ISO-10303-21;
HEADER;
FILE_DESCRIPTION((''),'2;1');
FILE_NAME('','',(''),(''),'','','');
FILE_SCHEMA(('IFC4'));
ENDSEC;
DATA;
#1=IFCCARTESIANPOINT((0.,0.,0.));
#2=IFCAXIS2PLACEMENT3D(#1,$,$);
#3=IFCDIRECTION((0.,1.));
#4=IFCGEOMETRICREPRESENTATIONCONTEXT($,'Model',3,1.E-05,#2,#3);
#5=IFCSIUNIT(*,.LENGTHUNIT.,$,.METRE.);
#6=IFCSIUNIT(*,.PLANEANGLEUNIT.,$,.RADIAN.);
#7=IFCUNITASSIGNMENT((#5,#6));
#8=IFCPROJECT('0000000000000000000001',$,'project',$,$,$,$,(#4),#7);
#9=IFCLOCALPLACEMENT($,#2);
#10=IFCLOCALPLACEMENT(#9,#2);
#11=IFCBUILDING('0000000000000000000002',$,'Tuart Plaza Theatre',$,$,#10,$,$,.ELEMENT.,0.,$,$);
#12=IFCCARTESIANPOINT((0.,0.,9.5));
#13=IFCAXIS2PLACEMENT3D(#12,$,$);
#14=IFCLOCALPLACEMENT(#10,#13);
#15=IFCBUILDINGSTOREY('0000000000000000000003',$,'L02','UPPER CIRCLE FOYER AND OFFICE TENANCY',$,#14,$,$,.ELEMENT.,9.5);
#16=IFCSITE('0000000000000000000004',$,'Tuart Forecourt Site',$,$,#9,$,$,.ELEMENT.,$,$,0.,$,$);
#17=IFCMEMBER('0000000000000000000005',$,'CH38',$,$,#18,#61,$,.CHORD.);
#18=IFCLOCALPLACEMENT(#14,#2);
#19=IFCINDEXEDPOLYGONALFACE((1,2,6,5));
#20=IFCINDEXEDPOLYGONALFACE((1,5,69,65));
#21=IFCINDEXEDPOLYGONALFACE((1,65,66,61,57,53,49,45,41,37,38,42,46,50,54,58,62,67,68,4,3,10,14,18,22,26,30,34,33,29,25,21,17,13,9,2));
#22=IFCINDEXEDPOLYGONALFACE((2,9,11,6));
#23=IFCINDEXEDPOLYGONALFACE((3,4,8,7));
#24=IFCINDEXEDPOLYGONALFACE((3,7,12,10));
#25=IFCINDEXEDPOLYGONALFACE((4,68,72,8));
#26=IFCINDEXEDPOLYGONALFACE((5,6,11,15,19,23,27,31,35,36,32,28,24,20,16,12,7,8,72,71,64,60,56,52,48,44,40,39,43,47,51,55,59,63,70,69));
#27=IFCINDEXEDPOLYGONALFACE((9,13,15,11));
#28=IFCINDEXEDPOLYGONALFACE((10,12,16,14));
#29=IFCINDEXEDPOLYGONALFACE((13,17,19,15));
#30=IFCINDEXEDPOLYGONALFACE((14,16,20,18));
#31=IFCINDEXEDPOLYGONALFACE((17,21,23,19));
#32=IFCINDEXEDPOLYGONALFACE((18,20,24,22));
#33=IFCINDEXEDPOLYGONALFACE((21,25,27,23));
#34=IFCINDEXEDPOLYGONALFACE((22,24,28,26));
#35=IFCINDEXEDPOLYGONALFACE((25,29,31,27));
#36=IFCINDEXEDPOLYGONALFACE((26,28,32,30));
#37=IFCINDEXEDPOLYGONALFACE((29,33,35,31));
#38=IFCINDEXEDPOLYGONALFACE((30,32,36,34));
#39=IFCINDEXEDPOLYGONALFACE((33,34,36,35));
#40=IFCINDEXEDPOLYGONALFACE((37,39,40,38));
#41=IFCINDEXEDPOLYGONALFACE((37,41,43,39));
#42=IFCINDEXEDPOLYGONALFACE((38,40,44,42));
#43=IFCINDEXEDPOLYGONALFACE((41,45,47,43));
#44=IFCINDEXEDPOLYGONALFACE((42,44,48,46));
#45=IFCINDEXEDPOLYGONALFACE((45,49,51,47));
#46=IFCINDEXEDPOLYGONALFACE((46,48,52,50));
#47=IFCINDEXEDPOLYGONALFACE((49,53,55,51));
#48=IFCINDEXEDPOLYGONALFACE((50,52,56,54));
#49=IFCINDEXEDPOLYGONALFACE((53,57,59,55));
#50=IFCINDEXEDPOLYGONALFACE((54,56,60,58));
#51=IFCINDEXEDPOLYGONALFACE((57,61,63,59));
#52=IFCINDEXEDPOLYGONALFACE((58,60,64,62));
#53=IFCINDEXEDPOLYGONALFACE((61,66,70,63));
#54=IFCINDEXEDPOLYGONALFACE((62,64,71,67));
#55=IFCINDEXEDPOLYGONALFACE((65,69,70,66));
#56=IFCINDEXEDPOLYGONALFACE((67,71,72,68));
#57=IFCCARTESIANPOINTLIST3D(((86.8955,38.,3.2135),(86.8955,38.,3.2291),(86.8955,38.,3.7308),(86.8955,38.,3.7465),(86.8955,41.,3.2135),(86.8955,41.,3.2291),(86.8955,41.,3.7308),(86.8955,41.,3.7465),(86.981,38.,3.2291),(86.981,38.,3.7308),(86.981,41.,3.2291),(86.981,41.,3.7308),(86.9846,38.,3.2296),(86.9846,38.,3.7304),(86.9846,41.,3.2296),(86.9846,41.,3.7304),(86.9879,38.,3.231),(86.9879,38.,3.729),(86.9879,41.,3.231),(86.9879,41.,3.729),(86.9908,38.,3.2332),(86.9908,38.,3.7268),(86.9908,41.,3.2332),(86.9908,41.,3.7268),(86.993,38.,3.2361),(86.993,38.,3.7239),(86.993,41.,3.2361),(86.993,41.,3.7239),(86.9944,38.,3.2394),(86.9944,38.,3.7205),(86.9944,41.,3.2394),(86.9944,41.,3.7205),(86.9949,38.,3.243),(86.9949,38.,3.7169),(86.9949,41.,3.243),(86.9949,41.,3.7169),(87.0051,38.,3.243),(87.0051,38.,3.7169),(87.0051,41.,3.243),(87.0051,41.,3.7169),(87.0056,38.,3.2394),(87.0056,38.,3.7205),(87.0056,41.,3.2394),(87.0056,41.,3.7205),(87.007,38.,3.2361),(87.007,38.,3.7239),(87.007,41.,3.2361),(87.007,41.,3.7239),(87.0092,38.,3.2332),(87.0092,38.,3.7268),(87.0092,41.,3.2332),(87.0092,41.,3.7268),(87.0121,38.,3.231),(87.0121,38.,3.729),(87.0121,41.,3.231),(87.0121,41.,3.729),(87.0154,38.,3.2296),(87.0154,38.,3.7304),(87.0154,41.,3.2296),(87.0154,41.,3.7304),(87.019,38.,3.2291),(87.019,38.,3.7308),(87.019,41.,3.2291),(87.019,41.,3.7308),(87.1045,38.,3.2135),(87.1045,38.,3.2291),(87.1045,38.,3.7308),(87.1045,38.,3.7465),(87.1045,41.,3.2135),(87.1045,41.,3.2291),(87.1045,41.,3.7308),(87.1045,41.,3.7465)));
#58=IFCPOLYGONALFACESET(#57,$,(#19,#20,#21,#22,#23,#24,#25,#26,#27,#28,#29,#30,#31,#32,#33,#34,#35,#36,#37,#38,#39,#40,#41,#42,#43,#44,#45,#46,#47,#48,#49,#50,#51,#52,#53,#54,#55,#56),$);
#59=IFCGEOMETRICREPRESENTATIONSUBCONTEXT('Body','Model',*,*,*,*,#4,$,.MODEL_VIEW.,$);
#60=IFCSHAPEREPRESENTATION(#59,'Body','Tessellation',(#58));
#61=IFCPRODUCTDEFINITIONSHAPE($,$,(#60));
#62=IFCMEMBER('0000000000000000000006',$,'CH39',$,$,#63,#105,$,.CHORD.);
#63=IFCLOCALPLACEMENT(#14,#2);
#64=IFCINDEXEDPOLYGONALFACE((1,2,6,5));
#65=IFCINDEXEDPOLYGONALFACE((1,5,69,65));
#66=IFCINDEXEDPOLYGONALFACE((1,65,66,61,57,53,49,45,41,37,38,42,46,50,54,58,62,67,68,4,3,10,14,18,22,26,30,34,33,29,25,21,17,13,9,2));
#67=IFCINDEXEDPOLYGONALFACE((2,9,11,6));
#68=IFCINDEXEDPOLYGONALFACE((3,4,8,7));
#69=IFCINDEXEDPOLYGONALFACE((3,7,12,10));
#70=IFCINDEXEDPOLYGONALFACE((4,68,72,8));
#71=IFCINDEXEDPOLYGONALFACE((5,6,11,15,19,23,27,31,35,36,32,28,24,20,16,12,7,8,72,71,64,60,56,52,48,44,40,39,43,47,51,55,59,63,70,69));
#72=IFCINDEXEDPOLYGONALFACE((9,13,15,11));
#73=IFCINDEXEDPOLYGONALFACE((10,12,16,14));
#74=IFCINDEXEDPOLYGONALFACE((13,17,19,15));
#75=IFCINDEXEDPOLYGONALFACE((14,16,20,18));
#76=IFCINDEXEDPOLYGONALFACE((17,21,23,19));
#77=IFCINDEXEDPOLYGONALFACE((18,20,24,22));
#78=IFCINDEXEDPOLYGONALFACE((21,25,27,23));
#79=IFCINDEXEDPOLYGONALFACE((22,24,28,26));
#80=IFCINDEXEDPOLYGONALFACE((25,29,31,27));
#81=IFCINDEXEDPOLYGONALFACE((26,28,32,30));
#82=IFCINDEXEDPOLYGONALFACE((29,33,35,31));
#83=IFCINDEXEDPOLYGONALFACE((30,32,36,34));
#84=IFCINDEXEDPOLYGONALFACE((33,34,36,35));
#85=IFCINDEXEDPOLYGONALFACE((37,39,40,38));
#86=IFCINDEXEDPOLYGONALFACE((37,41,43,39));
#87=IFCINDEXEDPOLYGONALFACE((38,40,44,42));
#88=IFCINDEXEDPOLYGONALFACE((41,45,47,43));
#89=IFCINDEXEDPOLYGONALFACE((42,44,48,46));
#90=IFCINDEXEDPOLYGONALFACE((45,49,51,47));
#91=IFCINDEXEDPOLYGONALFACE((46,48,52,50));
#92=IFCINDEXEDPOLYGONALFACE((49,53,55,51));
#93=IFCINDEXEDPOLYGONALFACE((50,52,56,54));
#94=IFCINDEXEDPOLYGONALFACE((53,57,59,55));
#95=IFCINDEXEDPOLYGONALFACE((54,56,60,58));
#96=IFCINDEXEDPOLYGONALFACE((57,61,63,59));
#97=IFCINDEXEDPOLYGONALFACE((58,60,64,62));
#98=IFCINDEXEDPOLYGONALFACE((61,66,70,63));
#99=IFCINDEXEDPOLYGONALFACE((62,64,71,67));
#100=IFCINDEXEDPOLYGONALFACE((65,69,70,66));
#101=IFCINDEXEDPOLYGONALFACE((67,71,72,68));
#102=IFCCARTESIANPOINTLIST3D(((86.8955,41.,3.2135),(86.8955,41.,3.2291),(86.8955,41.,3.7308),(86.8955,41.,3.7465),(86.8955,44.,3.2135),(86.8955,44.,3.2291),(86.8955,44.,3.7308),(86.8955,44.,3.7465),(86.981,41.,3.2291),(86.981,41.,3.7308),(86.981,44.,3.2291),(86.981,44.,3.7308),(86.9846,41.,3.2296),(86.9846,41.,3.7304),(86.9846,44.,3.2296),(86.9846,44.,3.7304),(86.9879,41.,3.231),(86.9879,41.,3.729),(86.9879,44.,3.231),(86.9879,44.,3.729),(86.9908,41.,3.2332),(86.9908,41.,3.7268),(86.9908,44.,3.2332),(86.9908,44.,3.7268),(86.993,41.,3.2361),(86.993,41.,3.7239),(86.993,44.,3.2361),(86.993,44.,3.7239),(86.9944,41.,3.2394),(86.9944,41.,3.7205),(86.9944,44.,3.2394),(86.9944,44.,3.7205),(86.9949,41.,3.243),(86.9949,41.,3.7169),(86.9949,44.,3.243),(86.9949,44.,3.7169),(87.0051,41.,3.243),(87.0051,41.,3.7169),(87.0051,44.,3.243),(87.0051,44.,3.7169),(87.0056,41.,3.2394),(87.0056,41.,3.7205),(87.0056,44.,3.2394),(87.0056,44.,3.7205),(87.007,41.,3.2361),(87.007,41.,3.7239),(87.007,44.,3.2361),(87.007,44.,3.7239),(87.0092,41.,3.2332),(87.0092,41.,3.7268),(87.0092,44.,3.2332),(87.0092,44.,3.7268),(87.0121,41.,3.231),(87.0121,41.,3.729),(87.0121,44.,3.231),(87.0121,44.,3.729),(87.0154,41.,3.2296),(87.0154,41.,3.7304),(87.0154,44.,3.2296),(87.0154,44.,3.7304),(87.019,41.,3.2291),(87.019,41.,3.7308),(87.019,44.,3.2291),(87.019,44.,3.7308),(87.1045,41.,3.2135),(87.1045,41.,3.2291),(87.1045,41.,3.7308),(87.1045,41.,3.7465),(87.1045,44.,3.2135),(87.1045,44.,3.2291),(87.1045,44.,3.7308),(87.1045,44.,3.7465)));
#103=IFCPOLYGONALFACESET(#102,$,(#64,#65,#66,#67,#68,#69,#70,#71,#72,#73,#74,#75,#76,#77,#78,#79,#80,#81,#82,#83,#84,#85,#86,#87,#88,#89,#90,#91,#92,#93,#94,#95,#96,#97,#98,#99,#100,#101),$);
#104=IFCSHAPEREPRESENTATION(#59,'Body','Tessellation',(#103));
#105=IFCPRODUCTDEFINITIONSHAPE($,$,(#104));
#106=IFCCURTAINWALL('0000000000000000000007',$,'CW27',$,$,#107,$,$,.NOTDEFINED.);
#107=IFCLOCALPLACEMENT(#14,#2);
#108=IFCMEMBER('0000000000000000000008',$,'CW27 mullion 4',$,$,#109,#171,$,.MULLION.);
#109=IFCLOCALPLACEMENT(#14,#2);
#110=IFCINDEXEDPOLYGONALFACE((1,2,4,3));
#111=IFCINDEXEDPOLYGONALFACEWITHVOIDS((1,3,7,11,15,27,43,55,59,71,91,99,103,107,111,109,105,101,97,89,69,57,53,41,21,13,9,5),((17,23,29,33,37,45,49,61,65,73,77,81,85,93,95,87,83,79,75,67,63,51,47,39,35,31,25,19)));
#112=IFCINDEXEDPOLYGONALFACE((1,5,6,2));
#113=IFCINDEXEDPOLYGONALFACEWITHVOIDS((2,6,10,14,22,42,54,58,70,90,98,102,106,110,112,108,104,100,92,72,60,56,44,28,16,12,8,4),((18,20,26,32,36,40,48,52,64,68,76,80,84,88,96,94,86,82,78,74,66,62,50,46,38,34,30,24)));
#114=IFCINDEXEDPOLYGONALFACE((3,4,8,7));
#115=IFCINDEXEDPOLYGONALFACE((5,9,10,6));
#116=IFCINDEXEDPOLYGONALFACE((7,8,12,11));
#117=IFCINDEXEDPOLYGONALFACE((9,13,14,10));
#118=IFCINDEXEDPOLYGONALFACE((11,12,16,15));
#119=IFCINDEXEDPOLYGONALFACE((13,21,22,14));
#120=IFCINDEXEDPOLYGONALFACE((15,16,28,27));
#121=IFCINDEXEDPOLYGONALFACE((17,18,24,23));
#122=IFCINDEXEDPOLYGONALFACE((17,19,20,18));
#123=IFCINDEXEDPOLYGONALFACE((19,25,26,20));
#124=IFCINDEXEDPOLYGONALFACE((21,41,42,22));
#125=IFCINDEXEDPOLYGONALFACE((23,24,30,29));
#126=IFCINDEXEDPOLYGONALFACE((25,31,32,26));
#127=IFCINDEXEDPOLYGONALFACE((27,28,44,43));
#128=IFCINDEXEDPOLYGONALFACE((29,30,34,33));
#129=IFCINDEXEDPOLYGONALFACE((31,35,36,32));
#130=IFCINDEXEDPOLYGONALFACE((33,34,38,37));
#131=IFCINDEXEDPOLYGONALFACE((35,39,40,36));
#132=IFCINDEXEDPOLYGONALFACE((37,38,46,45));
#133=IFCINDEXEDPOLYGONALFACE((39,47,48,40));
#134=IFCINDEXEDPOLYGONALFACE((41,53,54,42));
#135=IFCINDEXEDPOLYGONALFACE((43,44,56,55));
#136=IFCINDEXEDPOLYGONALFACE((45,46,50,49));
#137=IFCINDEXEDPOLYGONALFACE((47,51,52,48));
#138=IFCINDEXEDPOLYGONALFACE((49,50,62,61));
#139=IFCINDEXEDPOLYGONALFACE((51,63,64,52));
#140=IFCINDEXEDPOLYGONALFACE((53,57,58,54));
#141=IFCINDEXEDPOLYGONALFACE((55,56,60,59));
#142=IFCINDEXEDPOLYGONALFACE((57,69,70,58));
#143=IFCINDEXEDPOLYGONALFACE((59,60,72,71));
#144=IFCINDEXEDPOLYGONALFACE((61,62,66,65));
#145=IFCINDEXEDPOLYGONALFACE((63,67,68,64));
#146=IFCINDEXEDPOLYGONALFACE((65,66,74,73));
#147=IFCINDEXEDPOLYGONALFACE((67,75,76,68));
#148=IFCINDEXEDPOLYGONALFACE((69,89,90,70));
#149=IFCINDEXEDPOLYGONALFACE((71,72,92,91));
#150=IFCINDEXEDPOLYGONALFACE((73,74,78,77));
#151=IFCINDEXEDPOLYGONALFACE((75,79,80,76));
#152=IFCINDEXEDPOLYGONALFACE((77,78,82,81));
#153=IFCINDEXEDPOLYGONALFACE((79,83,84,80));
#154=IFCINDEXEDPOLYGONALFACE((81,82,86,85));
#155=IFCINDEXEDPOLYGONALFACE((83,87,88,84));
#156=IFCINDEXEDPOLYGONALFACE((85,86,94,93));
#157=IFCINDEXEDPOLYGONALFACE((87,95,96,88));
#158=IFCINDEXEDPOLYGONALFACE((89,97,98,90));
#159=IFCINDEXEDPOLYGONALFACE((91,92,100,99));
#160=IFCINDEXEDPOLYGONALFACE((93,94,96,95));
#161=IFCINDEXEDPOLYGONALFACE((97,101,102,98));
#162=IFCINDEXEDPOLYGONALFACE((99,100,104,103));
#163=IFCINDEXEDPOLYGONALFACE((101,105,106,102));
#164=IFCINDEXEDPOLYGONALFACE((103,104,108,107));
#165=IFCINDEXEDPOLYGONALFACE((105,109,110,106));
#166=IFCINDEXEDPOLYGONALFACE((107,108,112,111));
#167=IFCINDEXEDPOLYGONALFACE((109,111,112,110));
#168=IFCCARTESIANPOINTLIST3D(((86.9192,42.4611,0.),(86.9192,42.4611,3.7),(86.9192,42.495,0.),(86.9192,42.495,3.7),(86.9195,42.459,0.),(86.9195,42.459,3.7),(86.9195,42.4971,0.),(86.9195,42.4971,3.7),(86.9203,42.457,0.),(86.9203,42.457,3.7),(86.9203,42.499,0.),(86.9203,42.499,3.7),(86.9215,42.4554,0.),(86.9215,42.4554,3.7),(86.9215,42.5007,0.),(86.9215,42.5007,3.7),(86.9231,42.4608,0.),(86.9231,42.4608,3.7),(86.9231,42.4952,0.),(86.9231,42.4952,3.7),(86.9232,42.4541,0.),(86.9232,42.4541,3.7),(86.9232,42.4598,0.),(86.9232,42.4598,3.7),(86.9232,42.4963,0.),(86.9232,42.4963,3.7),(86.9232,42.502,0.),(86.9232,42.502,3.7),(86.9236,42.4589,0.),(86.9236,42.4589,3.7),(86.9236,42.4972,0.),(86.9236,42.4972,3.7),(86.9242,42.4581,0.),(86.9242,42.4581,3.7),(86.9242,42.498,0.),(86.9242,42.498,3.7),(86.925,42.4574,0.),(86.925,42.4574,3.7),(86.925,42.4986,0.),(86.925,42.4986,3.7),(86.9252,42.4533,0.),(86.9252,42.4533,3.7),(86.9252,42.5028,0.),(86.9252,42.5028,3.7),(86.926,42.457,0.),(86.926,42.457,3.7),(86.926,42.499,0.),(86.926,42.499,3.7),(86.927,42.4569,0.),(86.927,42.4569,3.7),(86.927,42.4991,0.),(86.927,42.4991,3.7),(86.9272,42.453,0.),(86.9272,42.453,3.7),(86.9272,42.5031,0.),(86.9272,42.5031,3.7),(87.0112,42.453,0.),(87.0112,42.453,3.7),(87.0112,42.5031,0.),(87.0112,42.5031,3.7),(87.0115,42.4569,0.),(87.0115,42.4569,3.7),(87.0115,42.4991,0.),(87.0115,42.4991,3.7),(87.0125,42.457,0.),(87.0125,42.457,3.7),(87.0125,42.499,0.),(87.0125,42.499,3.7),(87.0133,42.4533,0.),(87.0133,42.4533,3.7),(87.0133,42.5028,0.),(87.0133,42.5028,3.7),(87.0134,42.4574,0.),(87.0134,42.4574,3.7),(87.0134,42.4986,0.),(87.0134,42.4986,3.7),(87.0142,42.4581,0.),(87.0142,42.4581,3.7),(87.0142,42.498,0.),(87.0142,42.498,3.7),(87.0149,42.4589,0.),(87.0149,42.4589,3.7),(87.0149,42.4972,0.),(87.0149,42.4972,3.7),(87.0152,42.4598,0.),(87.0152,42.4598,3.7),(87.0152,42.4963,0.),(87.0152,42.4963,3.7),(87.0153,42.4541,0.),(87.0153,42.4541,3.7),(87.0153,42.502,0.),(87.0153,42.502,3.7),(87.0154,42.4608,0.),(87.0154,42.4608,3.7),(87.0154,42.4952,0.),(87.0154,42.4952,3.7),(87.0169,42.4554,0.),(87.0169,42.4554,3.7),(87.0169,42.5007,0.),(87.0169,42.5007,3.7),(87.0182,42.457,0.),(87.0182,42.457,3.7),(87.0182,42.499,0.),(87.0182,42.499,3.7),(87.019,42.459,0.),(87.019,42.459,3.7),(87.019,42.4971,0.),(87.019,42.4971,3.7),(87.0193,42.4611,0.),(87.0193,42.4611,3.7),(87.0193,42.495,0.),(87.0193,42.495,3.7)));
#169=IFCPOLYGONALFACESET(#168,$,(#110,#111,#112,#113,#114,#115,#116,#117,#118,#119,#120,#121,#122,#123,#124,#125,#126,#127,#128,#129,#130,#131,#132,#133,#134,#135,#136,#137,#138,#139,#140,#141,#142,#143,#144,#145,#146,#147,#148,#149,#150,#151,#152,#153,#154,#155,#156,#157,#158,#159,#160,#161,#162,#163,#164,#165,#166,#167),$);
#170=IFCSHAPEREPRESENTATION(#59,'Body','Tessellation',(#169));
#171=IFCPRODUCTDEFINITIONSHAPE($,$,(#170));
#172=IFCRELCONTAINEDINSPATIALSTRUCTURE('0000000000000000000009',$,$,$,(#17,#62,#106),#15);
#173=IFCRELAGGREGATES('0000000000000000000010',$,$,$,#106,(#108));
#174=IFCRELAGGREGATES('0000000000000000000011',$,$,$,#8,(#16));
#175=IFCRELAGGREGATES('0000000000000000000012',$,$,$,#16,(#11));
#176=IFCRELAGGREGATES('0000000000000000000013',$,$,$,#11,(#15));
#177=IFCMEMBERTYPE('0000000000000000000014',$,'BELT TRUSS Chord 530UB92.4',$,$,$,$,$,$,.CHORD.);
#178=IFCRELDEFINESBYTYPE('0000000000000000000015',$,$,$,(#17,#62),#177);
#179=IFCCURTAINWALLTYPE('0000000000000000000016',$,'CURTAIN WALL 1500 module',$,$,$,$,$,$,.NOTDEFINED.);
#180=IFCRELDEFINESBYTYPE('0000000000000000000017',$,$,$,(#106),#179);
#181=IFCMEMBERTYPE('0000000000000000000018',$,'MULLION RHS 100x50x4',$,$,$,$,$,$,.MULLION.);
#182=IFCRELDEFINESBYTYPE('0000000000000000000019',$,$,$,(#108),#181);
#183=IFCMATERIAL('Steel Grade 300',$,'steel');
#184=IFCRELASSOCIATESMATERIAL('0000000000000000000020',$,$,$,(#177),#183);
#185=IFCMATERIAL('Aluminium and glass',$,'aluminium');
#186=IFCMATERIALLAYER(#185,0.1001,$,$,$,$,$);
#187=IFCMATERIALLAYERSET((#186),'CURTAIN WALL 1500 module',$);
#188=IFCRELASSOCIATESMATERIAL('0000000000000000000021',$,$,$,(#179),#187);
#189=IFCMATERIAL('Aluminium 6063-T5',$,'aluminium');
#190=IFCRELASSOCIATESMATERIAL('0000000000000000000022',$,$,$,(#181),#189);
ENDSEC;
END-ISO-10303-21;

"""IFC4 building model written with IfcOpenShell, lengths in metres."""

from ifc_helpers import new_model, si_unit, direction, frame, origin, origin_2d, place, context, subcontext, project, spatial, hollow_rectangle, i_section, extrude, material, layer, layer_set, material_profile, profile_set, type_object, element, aggregate, save


model = new_model("IFC4")

# Units and contexts
model_context = context("Model", 3, precision=1e-05, world=origin(), true_north=direction((0.0, 1.0)))
body_context = subcontext(model_context, "Body", "Model", "MODEL_VIEW")
ifc_project = project(units=[si_unit("LENGTHUNIT", "METRE"), si_unit("PLANEANGLEUNIT", "RADIAN")], contexts=[model_context])

# Site, building, storey
site_placement = place(None, origin())
site = spatial("IfcSite", under=ifc_project, at=site_placement, Name="Tuart Forecourt Site", CompositionType="ELEMENT", RefElevation=0.0)
building_placement = place(site_placement, origin())
building = spatial("IfcBuilding", under=site, at=building_placement, Name="Tuart Plaza Theatre", CompositionType="ELEMENT", ElevationOfRefHeight=0.0)
storey_placement = place(building_placement, frame((0.0, 0.0, 9.5)))
storey = spatial("IfcBuildingStorey", under=building, at=storey_placement, Name="L02", Description="UPPER CIRCLE FOYER AND OFFICE TENANCY", CompositionType="ELEMENT", Elevation=9.5)

# Members
ifc_material_1 = material(Name="Steel Grade 300", Category="steel")
ifc_material_profile_1 = material_profile(ifc_material_1, i_section(OverallWidth=0.209, OverallDepth=0.533, WebThickness=0.0103, FlangeThickness=0.0156, FilletRadius=0.0139, at=origin_2d()), Name="530UB92.4")
ifc_profile_set_1 = profile_set([ifc_material_profile_1], Name="Steel Grade 300")
member_type_1 = type_object("IfcMemberType", Name="BELT TRUSS Chord 530UB92.4", PredefinedType="CHORD", material=ifc_profile_set_1)
for number, where, z_axis, x_axis, name in (
    (1, (87.0, 38.0, 3.48), (0.0, 1.0, 0.0), (-1.0, 0.0, 0.0), "CH38"),
    (2, (87.0, 41.0, 3.48), (0.0, 1.0, 0.0), (-1.0, 0.0, 0.0), "CH39"),
):
    element("IfcMember", number, at=place(storey_placement, frame(where, z_axis=z_axis, x_axis=x_axis)), inside=storey, type_object=member_type_1, Name=name, PredefinedType="CHORD", context=body_context, shape_type="SweptSolid", body=[
        extrude(i_section(OverallWidth=0.209, OverallDepth=0.533, WebThickness=0.0103, FlangeThickness=0.0156, FilletRadius=0.0139, at=origin_2d()), origin(), (0.0, 0.0, 1.0), 3.0),
    ])

# Curtain wall, member
ifc_material_2 = material(Name="Aluminium and glass", Category="aluminium")
ifc_layer_1 = layer(ifc_material_2, 0.1001)
ifc_layer_set_1 = layer_set([ifc_layer_1], Name="CURTAIN WALL 1500 module")
curtain_wall_type = type_object("IfcCurtainWallType", Name="CURTAIN WALL 1500 module", PredefinedType="NOTDEFINED", material=ifc_layer_set_1)
curtain_wall_1_placement = place(storey_placement, origin())
curtain_wall_1 = element("IfcCurtainWall", 3, at=curtain_wall_1_placement, inside=storey, type_object=curtain_wall_type, Name="CW27", PredefinedType="NOTDEFINED")
ifc_material_3 = material(Name="Aluminium 6063-T5", Category="aluminium")
ifc_material_profile_2 = material_profile(ifc_material_3, hollow_rectangle(XDim=0.05, YDim=0.1001, WallThickness=0.0039, InnerFilletRadius=0.0039, OuterFilletRadius=0.0081, at=origin_2d()), Name="RHS 100x50x4")
ifc_profile_set_2 = profile_set([ifc_material_profile_2], Name="Aluminium 6063-T5")
member_type_2 = type_object("IfcMemberType", Name="MULLION RHS 100x50x4", PredefinedType="MULLION", material=ifc_profile_set_2)
member_1_placement = place(storey_placement, frame((86.9692, 42.478, 0.0), z_axis=(0.0, 0.0, 1.0), x_axis=(0.0, 1.0, 0.0)))
member_1 = element("IfcMember", 4, at=member_1_placement, type_object=member_type_2, Name="CW27 mullion 4", PredefinedType="MULLION", context=body_context, shape_type="SweptSolid", body=[
    extrude(hollow_rectangle(XDim=0.05, YDim=0.1001, WallThickness=0.0039, InnerFilletRadius=0.0039, OuterFilletRadius=0.0081, at=origin_2d()), origin(), (0.0, 0.0, 1.0), 3.7),
])

aggregate(curtain_wall_1, [member_1])

save(model, "model.ifc")
